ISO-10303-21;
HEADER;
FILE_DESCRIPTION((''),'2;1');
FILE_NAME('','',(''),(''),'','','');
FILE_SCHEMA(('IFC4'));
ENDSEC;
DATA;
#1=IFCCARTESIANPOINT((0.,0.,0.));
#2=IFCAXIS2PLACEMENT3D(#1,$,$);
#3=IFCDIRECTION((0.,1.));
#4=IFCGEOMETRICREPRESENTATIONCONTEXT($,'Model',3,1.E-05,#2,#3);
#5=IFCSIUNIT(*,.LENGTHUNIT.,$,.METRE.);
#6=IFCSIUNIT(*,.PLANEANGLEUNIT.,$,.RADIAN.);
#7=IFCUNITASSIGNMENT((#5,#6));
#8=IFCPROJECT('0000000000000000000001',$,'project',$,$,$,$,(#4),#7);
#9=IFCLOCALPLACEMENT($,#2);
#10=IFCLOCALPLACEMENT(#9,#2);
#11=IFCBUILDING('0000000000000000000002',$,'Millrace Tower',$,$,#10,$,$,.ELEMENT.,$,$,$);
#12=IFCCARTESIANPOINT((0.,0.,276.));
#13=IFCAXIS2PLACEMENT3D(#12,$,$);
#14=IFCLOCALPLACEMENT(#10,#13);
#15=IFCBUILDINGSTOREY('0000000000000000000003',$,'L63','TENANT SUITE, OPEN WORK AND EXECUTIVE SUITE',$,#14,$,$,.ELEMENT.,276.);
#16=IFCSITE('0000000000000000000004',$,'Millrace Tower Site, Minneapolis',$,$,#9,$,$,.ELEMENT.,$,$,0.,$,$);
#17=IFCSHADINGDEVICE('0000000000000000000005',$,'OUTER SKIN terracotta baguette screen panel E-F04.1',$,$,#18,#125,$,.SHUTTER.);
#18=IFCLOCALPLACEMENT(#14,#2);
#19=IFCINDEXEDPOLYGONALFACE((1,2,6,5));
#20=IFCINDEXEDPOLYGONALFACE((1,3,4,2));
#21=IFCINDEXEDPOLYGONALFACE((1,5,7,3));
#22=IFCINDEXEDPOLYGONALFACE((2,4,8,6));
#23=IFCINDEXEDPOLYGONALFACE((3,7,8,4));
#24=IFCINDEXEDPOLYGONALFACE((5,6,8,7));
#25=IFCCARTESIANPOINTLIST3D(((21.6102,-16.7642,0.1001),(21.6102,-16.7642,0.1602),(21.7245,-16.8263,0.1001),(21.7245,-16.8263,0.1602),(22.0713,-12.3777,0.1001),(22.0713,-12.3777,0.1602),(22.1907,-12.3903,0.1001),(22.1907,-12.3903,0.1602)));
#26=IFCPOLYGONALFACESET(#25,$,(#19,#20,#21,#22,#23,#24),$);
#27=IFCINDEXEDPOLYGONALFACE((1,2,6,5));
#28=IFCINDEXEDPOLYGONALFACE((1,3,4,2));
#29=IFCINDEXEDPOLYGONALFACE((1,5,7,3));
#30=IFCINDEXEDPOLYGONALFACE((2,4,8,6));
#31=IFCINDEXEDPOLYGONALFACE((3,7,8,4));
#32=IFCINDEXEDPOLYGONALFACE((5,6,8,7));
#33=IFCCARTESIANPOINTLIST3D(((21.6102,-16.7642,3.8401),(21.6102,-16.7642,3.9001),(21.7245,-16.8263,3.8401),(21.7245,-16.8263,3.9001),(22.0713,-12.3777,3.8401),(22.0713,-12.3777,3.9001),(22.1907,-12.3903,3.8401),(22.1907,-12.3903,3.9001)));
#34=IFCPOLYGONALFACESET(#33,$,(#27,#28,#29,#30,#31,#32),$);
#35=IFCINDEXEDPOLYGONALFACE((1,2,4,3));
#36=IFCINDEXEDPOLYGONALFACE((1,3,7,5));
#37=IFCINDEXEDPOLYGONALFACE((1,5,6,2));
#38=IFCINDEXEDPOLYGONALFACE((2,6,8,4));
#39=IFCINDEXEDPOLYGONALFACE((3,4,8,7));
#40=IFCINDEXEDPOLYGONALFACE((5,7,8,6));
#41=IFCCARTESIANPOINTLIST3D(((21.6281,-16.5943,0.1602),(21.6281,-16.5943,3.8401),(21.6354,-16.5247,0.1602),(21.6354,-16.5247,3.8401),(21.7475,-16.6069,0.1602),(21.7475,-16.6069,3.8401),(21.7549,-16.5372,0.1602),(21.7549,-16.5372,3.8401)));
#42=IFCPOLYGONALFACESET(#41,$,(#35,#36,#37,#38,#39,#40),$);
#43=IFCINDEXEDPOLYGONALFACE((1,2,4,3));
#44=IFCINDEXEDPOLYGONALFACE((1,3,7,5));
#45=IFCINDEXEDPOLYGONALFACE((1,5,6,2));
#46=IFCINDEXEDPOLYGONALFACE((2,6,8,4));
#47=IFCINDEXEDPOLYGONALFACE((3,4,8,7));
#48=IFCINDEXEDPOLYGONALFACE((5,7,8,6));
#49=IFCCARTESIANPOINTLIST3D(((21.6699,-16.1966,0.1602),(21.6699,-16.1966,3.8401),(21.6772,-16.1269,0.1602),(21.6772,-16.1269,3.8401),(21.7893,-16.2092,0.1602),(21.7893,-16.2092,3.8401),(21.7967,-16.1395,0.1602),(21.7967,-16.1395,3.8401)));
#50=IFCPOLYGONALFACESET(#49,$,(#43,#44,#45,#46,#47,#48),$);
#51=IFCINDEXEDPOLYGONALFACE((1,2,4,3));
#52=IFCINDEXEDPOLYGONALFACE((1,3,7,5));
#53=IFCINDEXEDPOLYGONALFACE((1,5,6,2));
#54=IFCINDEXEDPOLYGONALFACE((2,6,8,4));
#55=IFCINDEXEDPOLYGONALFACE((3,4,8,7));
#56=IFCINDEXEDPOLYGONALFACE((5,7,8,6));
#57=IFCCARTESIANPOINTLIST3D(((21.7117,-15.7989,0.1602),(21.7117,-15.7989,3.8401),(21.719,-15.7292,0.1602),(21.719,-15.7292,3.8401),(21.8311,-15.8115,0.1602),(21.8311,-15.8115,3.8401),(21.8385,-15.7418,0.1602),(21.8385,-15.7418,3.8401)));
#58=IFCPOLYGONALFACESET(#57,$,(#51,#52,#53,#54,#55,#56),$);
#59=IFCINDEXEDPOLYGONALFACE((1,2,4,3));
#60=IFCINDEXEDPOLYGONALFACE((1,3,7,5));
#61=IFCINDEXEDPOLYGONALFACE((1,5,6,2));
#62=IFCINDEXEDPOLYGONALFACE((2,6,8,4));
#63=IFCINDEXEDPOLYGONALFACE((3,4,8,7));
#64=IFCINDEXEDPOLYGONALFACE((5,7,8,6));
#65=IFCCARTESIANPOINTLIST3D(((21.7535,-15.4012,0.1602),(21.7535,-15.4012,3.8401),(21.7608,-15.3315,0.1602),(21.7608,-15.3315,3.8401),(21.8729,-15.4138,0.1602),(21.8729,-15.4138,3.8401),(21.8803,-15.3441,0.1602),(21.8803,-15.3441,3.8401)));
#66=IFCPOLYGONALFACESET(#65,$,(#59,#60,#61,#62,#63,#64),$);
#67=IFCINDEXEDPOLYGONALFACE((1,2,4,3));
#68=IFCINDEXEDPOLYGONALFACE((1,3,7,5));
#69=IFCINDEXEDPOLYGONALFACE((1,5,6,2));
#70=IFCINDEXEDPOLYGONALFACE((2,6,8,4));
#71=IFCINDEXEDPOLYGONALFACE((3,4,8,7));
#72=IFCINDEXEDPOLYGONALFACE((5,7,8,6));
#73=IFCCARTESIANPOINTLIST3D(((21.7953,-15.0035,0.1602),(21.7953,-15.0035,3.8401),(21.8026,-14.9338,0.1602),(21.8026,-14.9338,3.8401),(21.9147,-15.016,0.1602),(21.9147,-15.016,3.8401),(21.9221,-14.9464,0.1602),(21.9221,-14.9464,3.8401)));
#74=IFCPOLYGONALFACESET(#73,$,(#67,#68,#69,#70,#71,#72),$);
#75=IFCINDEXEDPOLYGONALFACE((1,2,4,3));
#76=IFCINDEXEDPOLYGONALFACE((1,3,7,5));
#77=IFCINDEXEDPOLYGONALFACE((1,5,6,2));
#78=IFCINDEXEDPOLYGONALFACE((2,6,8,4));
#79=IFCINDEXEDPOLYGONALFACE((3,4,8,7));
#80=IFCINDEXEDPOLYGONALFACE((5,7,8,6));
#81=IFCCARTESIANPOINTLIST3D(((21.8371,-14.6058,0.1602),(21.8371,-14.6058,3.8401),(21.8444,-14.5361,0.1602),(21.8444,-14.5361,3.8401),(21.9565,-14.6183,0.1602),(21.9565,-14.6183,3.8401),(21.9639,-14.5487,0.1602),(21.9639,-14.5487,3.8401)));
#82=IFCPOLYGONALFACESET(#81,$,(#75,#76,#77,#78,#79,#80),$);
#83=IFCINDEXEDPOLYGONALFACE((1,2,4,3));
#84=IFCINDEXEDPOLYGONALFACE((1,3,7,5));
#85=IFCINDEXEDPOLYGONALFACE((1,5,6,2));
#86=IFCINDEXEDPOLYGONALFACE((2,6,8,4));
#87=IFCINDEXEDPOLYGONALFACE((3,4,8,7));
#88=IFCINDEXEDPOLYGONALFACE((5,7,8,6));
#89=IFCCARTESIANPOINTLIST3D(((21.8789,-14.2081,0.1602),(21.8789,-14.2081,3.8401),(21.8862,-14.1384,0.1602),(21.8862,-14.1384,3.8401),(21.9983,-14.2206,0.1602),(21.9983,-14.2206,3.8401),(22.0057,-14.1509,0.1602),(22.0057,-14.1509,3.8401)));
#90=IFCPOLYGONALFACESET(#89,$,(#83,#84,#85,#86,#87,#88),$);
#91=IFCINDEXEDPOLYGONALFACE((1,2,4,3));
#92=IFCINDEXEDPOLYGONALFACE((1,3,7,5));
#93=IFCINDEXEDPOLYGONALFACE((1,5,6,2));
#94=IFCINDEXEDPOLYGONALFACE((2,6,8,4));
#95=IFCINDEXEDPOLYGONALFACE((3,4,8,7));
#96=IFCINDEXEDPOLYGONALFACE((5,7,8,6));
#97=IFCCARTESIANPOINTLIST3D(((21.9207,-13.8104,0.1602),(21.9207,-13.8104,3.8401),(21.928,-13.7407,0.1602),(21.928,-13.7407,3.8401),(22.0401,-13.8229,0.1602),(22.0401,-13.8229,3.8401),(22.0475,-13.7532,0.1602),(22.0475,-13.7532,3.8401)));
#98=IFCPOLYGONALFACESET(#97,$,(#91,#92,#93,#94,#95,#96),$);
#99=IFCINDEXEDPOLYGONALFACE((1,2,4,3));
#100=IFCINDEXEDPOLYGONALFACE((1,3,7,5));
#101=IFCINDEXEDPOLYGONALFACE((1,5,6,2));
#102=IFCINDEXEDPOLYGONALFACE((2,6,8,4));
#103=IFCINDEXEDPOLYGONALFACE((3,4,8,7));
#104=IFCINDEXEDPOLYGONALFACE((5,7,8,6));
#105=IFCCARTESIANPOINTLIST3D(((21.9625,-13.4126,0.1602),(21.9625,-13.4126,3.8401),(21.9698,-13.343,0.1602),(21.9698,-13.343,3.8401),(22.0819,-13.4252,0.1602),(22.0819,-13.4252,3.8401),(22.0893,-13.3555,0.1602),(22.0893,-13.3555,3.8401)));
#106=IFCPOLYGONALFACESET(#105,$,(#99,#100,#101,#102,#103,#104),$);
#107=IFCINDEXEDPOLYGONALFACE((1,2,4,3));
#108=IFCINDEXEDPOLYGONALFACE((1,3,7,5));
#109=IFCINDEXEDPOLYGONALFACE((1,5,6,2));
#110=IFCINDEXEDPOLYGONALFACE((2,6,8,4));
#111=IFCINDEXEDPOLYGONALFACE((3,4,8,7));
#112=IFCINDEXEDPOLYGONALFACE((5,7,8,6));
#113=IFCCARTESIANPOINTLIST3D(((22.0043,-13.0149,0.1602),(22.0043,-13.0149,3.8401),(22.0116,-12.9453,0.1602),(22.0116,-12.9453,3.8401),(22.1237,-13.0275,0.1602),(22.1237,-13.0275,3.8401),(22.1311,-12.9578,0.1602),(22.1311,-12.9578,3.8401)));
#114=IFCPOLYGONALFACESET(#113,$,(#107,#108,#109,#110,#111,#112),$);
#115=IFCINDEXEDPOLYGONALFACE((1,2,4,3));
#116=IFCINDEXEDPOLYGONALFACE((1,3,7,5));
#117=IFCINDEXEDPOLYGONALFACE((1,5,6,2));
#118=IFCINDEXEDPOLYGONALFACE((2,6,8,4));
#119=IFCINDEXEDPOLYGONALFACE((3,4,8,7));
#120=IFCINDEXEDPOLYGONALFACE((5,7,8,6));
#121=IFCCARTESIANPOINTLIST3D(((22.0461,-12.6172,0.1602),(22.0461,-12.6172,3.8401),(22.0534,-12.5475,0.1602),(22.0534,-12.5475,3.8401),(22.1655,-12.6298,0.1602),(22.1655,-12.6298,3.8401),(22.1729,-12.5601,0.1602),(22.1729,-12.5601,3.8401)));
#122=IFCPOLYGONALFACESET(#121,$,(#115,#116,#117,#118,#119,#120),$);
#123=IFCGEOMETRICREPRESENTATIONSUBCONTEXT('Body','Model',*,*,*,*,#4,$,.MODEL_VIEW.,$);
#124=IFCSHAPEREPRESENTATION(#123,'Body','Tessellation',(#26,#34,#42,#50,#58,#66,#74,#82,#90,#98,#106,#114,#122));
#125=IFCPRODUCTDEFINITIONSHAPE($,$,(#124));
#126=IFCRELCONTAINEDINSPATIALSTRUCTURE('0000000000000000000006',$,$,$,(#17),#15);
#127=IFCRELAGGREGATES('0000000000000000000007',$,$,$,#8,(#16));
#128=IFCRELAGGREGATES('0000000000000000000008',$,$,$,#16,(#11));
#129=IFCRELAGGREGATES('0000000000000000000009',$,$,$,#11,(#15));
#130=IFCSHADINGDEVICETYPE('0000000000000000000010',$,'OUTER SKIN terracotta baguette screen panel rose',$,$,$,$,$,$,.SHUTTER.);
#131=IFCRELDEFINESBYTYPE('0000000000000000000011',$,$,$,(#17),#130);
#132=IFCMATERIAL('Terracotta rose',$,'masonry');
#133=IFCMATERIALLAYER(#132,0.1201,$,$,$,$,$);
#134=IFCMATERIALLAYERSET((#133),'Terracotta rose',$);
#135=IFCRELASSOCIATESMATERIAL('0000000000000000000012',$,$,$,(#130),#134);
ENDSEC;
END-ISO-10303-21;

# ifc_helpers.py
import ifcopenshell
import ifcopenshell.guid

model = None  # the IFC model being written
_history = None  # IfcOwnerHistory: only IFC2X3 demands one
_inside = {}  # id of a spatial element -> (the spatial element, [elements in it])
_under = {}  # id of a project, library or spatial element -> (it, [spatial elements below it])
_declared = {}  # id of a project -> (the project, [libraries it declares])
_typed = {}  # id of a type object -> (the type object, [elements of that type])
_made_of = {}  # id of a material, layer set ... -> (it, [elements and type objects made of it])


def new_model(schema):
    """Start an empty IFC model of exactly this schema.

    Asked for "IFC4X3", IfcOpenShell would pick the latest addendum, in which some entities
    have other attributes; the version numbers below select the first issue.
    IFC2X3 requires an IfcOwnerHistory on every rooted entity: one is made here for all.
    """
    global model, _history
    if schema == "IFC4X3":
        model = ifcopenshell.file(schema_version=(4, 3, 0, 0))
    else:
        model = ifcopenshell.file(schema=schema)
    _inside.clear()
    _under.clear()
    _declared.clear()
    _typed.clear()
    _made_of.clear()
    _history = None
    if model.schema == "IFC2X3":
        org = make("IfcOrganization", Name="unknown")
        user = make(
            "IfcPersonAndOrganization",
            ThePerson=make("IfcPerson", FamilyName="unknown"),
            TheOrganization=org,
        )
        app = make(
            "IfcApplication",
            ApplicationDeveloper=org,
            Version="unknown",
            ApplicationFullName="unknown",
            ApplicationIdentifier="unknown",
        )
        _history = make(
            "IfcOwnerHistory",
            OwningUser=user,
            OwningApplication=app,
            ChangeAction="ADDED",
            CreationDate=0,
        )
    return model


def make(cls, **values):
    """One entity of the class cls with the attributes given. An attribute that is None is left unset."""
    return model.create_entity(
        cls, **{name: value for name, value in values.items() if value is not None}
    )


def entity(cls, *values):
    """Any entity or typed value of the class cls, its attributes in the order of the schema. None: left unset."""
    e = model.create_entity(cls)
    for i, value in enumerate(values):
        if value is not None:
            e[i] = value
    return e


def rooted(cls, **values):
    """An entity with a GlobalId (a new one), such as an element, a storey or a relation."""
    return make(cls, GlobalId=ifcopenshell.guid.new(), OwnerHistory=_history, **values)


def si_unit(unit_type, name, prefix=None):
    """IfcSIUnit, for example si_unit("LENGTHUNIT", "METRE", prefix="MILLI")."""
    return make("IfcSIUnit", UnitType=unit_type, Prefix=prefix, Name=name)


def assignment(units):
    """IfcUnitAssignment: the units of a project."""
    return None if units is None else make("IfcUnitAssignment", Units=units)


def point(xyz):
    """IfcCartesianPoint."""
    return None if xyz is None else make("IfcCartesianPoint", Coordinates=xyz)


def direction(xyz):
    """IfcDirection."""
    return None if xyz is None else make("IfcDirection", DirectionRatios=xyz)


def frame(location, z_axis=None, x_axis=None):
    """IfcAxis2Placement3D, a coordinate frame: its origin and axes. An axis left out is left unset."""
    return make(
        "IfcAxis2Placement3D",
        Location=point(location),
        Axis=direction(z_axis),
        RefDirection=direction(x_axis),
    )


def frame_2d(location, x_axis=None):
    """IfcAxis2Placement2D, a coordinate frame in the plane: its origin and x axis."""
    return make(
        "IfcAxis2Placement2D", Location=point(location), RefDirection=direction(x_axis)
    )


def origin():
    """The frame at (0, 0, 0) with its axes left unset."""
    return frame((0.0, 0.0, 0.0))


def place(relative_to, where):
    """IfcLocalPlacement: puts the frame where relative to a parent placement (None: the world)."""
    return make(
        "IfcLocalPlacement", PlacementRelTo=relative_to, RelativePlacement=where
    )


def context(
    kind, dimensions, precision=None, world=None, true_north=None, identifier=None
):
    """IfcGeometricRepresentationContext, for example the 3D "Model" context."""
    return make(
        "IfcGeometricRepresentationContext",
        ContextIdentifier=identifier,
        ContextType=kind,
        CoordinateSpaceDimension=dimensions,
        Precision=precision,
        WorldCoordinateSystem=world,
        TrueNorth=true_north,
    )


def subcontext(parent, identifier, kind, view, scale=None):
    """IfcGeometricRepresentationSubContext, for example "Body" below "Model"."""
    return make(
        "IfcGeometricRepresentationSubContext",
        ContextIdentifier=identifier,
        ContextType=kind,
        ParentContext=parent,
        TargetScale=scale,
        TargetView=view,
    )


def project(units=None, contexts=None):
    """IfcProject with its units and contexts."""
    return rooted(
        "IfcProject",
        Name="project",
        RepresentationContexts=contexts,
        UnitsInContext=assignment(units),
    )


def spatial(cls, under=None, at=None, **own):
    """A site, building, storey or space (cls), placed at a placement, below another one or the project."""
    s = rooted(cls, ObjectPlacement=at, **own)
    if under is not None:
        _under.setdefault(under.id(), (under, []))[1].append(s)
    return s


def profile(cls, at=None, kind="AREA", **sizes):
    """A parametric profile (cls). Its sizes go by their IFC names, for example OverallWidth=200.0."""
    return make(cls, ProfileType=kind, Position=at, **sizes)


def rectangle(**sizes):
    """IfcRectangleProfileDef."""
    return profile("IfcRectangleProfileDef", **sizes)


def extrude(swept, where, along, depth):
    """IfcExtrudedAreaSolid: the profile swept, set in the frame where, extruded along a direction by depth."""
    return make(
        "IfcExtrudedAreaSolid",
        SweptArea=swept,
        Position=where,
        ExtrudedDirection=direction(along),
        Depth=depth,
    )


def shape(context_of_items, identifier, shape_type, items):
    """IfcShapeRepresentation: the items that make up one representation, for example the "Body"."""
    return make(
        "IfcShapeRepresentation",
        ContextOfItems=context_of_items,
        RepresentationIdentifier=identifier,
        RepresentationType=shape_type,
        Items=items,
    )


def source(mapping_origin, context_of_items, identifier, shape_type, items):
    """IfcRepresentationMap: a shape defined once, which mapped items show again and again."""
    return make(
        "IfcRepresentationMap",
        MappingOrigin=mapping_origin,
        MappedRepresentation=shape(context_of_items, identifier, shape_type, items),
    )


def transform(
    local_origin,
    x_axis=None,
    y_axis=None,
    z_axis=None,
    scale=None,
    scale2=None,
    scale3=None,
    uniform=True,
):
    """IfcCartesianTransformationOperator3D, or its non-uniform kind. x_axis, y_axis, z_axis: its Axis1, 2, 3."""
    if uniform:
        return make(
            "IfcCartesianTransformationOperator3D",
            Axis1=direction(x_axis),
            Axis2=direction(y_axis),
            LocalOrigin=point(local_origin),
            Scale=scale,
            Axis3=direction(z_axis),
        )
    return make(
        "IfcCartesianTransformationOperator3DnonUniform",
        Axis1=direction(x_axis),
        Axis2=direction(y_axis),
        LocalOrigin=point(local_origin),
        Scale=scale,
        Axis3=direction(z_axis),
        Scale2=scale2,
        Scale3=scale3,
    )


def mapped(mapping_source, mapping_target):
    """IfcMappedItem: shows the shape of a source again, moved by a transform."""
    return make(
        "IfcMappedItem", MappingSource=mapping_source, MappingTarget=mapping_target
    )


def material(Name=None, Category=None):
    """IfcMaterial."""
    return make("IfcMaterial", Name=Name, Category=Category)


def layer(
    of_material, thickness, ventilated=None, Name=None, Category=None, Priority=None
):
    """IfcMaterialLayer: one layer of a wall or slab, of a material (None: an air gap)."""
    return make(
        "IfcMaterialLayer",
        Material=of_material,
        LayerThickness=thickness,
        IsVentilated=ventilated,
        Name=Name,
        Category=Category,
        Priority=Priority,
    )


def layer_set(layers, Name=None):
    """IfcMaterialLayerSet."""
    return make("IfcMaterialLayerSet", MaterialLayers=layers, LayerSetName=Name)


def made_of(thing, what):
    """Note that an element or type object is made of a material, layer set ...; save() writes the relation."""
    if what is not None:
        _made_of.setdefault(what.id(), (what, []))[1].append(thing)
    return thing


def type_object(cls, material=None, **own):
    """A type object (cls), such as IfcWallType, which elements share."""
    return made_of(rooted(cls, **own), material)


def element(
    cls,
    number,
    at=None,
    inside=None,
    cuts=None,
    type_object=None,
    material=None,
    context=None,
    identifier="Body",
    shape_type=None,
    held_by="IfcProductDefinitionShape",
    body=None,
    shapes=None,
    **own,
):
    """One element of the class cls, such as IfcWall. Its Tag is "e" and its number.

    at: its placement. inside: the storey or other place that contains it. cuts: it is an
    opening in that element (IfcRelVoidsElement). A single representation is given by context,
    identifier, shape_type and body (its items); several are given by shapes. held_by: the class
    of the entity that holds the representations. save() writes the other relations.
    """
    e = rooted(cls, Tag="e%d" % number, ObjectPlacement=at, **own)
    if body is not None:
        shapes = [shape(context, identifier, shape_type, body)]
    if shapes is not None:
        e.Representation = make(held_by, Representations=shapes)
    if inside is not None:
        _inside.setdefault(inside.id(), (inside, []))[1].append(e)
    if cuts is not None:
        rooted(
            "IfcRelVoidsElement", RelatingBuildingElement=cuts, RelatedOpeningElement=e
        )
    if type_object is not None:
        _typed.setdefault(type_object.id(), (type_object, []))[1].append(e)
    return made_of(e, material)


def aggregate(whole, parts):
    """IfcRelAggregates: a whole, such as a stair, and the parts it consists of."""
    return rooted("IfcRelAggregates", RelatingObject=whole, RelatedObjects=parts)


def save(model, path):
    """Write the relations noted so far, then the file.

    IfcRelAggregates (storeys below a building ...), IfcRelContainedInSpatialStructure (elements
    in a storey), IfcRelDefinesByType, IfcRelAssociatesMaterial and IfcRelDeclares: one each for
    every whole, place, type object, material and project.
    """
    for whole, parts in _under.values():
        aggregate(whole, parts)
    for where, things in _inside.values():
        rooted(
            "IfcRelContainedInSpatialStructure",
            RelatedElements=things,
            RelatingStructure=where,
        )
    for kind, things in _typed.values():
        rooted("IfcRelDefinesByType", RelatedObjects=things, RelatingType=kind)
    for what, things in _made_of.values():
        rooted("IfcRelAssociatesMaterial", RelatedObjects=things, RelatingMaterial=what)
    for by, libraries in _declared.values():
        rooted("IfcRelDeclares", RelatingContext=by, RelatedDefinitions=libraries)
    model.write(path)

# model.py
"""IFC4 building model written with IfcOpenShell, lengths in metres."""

from ifc_helpers import new_model, entity, si_unit, direction, frame, frame_2d, origin, place, context, subcontext, project, spatial, rectangle, extrude, source, transform, mapped, material, layer, layer_set, type_object, element, save


model = new_model("IFC4")

# Units and contexts
model_context = context("Model", 3, precision=1e-05, world=origin(), true_north=direction((0.0, 1.0)))
body_context = subcontext(model_context, "Body", "Model", "MODEL_VIEW")
ifc_project = project(units=[si_unit("LENGTHUNIT", "METRE"), si_unit("PLANEANGLEUNIT", "RADIAN")], contexts=[model_context])

# Site, building, storey
site_placement = place(None, origin())
site = spatial("IfcSite", under=ifc_project, at=site_placement, Name="Millrace Tower Site, Minneapolis", CompositionType="ELEMENT", RefElevation=0.0)
building_placement = place(site_placement, origin())
building = spatial("IfcBuilding", under=site, at=building_placement, Name="Millrace Tower", CompositionType="ELEMENT")
storey_placement = place(building_placement, frame((0.0, 0.0, 276.0)))
storey = spatial("IfcBuildingStorey", under=building, at=storey_placement, Name="L63", Description="TENANT SUITE, OPEN WORK AND EXECUTIVE SUITE", CompositionType="ELEMENT", Elevation=276.0)

# Shading device
ifc_material_1 = material(Name="Terracotta rose", Category="masonry")
ifc_layer_1 = layer(ifc_material_1, 0.1201)
ifc_layer_set_1 = layer_set([ifc_layer_1], Name="Terracotta rose")
shading_device_type = type_object("IfcShadingDeviceType", Name="OUTER SKIN terracotta baguette screen panel rose", PredefinedType="SHUTTER", material=ifc_layer_set_1)
cartesian_point_1 = entity("IfcCartesianPoint", [-2.1929, 0.0601])
shared_polyline_1 = entity("IfcPolyline", [cartesian_point_1, entity("IfcCartesianPoint", [2.2178, 0.0601]), entity("IfcCartesianPoint", [2.2178, -0.0601]), entity("IfcCartesianPoint", [-2.2427, -0.0601]), cartesian_point_1])
shared_shape_1 = source(origin(), body_context, "Body", "SweptSolid", [
    entity("IfcExtrudedAreaSolid", entity("IfcArbitraryClosedProfileDef", "AREA", None, shared_polyline_1), entity("IfcAxis2Placement3D", entity("IfcCartesianPoint", [0.0, 0.0, 0.0])), entity("IfcDirection", [0.0, 0.0, 1.0]), 0.0601),
    entity("IfcExtrudedAreaSolid", entity("IfcArbitraryClosedProfileDef", "AREA", None, shared_polyline_1), entity("IfcAxis2Placement3D", entity("IfcCartesianPoint", [0.0, 0.0, 3.74])), entity("IfcDirection", [0.0, 0.0, 1.0]), 0.0601),
    extrude(rectangle(XDim=0.0701, YDim=0.1201, at=frame_2d((-1.9871, 0.0))), frame((0.0, 0.0, 0.0601)), (0.0, 0.0, 1.0), 3.6799),
    extrude(rectangle(XDim=0.0701, YDim=0.1201, at=frame_2d((-1.5872, 0.0))), frame((0.0, 0.0, 0.0601)), (0.0, 0.0, 1.0), 3.6799),
    extrude(rectangle(XDim=0.0701, YDim=0.1201, at=frame_2d((-1.1873, 0.0))), frame((0.0, 0.0, 0.0601)), (0.0, 0.0, 1.0), 3.6799),
    extrude(rectangle(XDim=0.0701, YDim=0.1201, at=frame_2d((-0.7874, 0.0))), frame((0.0, 0.0, 0.0601)), (0.0, 0.0, 1.0), 3.6799),
    extrude(rectangle(XDim=0.0701, YDim=0.1201, at=frame_2d((-0.3875, 0.0))), frame((0.0, 0.0, 0.0601)), (0.0, 0.0, 1.0), 3.6799),
    extrude(rectangle(XDim=0.0701, YDim=0.1201, at=frame_2d((0.0125, 0.0))), frame((0.0, 0.0, 0.0601)), (0.0, 0.0, 1.0), 3.6799),
    extrude(rectangle(XDim=0.0701, YDim=0.1201, at=frame_2d((0.4124, 0.0))), frame((0.0, 0.0, 0.0601)), (0.0, 0.0, 1.0), 3.6799),
    extrude(rectangle(XDim=0.0701, YDim=0.1201, at=frame_2d((0.8123, 0.0))), frame((0.0, 0.0, 0.0601)), (0.0, 0.0, 1.0), 3.6799),
    extrude(rectangle(XDim=0.0701, YDim=0.1201, at=frame_2d((1.2122, 0.0))), frame((0.0, 0.0, 0.0601)), (0.0, 0.0, 1.0), 3.6799),
    extrude(rectangle(XDim=0.0701, YDim=0.1201, at=frame_2d((1.6121, 0.0))), frame((0.0, 0.0, 0.0601)), (0.0, 0.0, 1.0), 3.6799),
    extrude(rectangle(XDim=0.0701, YDim=0.1201, at=frame_2d((2.012, 0.0))), frame((0.0, 0.0, 0.0601)), (0.0, 0.0, 1.0), 3.6799),
])
shading_device_1_placement = place(storey_placement, frame((21.8992, -14.5896, 0.1001), z_axis=(0.0, 0.0, 1.0), x_axis=(0.104528, 0.994522, 0.0)))
element("IfcShadingDevice", 1, at=shading_device_1_placement, inside=storey, type_object=shading_device_type, Name="OUTER SKIN terracotta baguette screen panel E-F04.1", PredefinedType="SHUTTER", context=body_context, shape_type="MappedRepresentation", body=[
    mapped(shared_shape_1, transform((0.0, 0.0, 0.0), scale=1.0)),
])

save(model, "model.ifc")
